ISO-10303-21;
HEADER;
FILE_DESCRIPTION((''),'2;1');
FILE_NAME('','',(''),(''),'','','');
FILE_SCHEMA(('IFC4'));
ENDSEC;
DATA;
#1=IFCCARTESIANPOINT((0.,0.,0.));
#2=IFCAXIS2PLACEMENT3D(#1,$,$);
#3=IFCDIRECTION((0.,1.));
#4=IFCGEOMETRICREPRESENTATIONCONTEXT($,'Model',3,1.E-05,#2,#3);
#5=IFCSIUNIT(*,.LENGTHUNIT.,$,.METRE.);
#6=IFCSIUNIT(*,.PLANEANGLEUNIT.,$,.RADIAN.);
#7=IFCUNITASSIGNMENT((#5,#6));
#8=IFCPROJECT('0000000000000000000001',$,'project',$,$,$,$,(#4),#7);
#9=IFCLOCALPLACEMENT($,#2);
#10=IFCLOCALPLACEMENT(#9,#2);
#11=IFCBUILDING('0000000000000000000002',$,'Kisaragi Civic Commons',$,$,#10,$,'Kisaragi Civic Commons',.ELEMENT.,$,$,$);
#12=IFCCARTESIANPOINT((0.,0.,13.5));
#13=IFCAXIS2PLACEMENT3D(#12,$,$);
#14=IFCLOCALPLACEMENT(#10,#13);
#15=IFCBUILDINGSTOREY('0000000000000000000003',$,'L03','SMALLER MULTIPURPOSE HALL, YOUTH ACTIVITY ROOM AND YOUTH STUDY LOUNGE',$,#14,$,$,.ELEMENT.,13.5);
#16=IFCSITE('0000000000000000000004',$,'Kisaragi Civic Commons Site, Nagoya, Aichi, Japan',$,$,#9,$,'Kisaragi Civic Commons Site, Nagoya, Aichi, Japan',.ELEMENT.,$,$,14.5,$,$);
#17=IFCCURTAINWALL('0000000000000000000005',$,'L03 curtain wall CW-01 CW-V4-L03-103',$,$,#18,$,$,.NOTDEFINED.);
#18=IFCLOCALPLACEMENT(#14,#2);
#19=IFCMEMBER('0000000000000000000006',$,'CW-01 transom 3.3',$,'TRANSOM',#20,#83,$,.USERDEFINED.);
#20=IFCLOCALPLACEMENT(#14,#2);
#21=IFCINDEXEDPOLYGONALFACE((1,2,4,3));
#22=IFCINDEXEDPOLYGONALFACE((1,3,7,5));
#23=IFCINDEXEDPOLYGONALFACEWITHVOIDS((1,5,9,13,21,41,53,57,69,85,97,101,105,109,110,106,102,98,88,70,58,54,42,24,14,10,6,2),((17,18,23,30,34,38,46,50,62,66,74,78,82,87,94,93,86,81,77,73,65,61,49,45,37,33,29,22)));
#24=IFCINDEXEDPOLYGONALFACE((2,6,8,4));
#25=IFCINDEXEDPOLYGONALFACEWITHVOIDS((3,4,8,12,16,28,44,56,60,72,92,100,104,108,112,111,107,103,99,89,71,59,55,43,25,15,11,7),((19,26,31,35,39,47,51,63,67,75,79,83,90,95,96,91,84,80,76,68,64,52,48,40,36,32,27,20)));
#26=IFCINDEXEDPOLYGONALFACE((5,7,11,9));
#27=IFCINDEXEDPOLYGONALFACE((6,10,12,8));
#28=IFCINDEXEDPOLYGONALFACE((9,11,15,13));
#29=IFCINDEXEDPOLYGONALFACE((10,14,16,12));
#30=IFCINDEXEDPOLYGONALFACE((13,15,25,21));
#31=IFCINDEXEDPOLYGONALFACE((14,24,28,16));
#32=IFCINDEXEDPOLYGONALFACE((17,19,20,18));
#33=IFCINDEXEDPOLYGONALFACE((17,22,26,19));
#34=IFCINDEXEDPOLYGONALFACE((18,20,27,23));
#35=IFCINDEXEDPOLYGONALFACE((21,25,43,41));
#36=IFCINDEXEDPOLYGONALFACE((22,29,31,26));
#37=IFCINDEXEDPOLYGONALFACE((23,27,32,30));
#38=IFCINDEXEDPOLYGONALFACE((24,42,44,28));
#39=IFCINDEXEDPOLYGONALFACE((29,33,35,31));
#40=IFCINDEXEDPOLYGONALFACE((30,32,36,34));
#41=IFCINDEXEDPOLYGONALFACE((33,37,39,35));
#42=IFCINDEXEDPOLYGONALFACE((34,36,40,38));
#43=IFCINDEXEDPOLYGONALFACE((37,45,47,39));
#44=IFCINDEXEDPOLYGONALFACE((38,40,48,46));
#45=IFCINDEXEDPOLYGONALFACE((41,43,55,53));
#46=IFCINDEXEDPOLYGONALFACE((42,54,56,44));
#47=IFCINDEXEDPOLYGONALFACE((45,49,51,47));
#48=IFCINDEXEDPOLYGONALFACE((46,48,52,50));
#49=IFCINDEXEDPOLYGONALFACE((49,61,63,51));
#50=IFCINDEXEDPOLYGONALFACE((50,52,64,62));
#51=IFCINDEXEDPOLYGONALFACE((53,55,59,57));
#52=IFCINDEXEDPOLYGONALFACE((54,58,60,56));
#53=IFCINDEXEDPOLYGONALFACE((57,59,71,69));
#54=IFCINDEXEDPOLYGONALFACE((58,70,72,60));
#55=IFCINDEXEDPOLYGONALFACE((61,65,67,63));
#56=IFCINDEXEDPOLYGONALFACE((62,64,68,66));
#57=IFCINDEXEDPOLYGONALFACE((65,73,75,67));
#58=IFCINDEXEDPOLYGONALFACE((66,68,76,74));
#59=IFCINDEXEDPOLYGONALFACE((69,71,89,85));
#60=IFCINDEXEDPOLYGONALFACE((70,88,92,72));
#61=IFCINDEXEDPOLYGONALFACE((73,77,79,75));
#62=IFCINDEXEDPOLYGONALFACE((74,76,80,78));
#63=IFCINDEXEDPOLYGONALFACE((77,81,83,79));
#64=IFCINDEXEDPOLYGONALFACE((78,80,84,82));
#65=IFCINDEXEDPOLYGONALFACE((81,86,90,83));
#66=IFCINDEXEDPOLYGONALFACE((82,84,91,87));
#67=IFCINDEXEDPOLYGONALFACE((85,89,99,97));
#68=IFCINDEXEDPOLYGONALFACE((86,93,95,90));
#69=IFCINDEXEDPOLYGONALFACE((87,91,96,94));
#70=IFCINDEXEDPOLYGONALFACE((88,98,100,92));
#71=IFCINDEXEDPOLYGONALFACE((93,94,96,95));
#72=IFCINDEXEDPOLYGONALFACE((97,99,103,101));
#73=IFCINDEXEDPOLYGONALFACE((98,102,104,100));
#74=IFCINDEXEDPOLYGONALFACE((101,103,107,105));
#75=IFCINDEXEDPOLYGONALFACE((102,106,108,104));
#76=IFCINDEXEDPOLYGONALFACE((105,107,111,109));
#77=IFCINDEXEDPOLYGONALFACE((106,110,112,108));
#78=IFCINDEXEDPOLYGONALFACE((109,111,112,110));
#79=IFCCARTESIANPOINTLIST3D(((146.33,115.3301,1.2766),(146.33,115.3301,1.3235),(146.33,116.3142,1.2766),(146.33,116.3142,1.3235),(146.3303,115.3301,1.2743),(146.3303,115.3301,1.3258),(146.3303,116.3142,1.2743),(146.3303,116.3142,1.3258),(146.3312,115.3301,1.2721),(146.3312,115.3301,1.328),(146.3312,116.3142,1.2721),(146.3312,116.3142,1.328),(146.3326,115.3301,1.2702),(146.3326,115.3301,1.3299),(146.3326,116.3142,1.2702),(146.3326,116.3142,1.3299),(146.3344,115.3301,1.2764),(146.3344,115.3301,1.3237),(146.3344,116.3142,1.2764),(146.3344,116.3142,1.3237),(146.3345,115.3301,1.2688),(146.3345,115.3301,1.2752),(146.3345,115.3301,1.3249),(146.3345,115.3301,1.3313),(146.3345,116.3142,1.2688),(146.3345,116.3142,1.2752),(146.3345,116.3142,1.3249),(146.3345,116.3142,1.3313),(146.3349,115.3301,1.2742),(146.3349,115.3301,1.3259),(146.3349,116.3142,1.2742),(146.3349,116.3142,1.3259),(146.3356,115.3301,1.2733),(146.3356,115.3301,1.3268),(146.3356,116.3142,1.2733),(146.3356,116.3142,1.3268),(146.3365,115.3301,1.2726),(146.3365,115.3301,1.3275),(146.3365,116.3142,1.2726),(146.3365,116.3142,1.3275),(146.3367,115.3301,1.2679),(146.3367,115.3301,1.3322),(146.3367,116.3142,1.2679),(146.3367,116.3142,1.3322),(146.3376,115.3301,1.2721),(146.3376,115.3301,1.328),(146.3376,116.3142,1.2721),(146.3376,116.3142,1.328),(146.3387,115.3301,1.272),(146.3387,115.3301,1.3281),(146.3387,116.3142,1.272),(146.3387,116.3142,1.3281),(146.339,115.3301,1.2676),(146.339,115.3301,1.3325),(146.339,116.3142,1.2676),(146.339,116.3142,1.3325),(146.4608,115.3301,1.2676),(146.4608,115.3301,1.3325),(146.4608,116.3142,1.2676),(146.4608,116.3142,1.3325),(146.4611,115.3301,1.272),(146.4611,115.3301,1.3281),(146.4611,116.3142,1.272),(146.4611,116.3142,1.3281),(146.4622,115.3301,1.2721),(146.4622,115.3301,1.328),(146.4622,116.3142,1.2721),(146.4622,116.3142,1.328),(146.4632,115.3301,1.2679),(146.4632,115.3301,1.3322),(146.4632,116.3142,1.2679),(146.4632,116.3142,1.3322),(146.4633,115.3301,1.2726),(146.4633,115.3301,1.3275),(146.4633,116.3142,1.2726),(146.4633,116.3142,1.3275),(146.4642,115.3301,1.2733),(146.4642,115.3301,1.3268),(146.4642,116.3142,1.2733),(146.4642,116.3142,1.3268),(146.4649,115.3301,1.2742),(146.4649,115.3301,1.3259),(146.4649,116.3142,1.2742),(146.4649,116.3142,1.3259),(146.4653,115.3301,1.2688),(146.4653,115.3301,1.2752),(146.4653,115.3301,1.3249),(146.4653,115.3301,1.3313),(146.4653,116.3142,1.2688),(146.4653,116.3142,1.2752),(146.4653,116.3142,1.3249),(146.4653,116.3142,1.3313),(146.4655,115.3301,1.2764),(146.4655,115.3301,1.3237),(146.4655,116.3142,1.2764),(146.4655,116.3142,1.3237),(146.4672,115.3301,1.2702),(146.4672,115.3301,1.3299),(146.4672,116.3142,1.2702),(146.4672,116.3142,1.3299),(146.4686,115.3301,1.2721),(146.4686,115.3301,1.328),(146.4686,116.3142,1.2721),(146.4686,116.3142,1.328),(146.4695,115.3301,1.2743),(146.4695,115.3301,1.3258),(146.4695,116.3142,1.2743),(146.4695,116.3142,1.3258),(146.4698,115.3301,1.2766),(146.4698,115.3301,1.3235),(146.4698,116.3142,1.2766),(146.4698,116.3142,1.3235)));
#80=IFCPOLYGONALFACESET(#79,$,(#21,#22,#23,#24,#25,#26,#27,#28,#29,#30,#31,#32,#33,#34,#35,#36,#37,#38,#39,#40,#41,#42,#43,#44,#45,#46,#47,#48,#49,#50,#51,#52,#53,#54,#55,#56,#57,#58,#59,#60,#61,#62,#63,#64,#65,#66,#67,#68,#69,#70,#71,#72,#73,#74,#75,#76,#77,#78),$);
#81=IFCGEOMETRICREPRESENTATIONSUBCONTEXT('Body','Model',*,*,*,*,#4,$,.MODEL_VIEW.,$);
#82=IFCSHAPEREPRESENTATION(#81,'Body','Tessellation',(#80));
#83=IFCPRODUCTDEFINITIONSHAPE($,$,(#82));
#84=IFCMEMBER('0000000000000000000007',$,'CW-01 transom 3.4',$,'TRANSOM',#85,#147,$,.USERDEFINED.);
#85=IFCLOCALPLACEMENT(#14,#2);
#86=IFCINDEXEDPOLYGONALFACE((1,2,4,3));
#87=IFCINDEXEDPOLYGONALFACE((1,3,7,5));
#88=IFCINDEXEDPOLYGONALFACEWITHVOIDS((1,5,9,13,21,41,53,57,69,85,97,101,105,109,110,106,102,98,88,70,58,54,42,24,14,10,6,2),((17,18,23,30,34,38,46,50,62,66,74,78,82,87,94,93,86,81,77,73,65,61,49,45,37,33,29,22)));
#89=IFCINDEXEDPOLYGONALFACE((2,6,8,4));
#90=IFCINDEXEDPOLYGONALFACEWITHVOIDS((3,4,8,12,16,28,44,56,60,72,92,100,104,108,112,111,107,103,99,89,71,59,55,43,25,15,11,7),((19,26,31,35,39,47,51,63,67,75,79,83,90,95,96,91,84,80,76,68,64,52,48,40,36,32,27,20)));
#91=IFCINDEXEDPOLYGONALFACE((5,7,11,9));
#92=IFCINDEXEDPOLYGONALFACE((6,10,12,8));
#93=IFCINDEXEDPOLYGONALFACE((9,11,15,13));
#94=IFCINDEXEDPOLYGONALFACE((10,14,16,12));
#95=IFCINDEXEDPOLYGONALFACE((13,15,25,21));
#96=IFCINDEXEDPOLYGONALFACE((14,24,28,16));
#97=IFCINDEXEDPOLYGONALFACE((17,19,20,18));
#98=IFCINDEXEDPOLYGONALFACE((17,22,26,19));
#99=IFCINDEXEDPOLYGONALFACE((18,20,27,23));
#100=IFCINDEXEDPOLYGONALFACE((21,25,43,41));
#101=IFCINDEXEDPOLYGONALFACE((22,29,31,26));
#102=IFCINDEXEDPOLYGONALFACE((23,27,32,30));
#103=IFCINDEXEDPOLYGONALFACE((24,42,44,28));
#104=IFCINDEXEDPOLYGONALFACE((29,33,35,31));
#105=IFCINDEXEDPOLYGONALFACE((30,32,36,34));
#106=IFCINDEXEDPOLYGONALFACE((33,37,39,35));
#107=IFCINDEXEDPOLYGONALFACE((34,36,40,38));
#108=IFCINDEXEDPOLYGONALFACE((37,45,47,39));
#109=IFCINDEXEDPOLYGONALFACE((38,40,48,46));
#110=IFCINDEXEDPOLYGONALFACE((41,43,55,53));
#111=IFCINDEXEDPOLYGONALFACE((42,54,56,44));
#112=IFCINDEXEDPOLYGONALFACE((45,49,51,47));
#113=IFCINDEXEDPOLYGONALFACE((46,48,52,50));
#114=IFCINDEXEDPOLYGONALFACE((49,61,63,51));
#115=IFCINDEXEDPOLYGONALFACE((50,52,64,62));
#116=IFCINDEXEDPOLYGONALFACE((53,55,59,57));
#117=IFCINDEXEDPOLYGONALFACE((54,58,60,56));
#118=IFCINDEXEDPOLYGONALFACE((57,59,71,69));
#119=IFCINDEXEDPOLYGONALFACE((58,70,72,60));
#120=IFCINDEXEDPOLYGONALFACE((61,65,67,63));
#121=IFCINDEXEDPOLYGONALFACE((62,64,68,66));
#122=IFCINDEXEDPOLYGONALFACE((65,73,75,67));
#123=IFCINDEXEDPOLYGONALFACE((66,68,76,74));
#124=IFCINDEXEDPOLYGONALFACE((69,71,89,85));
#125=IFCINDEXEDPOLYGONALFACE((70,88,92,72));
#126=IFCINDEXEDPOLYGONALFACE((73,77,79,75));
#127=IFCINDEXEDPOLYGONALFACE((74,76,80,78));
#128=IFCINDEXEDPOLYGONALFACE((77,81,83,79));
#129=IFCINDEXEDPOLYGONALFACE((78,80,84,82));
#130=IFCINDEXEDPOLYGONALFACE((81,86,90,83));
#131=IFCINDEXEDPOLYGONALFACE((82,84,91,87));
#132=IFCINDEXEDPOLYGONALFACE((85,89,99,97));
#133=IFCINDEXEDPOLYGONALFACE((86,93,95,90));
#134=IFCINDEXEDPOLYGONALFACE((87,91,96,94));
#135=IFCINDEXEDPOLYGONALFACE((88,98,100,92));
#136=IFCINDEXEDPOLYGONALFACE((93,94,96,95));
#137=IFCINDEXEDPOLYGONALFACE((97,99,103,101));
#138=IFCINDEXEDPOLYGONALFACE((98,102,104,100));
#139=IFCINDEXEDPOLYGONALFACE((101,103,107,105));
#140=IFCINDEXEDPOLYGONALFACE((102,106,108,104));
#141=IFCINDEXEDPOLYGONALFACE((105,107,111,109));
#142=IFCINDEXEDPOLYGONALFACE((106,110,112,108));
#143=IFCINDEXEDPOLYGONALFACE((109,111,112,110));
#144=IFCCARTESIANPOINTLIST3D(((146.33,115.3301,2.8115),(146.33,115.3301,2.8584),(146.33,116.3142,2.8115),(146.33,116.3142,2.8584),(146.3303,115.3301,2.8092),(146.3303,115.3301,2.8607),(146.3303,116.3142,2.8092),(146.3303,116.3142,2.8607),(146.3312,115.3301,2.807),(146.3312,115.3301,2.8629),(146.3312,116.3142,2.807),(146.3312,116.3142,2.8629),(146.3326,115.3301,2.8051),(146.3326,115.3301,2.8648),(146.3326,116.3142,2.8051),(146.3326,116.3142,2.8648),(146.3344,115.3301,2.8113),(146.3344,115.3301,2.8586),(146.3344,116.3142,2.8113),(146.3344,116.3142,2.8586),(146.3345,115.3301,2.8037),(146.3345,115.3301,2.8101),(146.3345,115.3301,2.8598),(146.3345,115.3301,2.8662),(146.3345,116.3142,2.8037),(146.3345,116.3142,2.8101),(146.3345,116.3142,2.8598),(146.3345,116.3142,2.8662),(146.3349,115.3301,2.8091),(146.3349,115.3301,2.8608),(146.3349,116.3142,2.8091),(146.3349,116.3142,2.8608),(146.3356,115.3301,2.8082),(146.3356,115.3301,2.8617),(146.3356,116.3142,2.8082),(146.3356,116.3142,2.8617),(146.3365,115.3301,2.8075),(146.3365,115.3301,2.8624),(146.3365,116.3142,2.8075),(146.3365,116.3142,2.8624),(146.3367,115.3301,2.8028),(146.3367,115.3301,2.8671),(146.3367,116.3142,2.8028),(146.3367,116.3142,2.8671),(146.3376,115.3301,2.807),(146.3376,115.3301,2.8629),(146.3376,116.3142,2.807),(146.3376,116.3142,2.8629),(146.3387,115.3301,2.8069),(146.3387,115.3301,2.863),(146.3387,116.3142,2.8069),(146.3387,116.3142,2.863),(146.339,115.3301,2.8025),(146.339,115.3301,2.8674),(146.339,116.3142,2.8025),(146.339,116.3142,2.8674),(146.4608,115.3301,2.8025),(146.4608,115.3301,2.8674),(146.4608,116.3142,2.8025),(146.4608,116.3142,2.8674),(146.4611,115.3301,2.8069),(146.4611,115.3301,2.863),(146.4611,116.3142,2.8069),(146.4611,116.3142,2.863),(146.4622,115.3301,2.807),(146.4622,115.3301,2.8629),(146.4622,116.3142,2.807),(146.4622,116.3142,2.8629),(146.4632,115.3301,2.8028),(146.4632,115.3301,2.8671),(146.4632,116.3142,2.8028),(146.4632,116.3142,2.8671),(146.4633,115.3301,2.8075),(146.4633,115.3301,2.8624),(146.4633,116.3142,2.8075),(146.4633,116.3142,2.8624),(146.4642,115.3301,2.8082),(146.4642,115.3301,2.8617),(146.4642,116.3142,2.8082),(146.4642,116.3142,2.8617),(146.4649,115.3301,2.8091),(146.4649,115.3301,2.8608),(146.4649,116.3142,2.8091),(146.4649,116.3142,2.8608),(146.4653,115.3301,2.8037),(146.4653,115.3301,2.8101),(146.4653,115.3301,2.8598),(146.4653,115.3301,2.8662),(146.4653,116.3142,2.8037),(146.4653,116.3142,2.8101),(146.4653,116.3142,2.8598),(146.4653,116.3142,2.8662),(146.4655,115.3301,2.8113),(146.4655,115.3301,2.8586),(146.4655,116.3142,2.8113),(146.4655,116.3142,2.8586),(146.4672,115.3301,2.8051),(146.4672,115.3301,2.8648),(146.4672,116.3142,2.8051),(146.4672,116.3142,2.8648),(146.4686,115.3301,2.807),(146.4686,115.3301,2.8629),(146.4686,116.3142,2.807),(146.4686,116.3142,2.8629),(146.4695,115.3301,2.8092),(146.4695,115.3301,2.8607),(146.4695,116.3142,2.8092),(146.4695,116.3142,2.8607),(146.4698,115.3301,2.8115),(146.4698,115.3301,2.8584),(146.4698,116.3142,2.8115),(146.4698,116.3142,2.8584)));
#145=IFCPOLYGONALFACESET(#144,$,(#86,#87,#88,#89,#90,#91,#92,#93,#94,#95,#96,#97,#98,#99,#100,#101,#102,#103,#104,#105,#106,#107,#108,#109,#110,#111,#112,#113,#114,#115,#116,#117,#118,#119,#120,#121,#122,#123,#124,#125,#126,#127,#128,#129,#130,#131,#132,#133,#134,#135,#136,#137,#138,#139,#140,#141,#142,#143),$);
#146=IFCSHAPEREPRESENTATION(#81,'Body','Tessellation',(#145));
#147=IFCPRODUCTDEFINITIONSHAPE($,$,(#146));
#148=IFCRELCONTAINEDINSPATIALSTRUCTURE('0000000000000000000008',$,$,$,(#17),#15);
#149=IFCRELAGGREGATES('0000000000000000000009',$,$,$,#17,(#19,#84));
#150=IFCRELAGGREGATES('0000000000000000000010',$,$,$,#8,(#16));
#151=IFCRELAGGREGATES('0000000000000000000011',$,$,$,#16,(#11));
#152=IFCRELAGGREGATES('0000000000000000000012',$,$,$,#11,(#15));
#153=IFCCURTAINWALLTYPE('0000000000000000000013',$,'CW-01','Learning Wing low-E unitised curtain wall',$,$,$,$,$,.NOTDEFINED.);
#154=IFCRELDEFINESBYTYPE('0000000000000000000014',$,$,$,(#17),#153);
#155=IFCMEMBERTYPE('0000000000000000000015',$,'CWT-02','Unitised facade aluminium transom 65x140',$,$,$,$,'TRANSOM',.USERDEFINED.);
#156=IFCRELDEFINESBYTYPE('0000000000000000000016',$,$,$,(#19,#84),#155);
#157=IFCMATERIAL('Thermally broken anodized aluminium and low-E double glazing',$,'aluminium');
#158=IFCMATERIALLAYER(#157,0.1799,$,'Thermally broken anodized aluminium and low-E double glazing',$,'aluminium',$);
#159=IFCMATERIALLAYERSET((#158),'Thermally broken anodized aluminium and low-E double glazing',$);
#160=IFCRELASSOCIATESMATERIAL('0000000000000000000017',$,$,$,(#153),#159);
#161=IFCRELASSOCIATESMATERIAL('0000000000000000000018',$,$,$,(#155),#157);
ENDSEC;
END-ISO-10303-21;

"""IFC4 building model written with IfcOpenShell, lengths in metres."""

from ifc_helpers import new_model, si_unit, direction, frame, origin, origin_2d, place, context, subcontext, project, spatial, hollow_rectangle, extrude, material, layer, layer_set, material_profile, profile_set, type_object, element, aggregate, save


model = new_model("IFC4")

# Units and contexts
model_context = context("Model", 3, precision=1e-05, world=origin(), true_north=direction((0.0, 1.0)))
body_context = subcontext(model_context, "Body", "Model", "MODEL_VIEW")
ifc_project = project(units=[si_unit("LENGTHUNIT", "METRE"), si_unit("PLANEANGLEUNIT", "RADIAN")], contexts=[model_context])

# Site, building, storey
site_placement = place(None, origin())
site = spatial("IfcSite", under=ifc_project, at=site_placement, Name="Kisaragi Civic Commons Site, Nagoya, Aichi, Japan", LongName="Kisaragi Civic Commons Site, Nagoya, Aichi, Japan", CompositionType="ELEMENT", RefElevation=14.5)
building_placement = place(site_placement, origin())
building = spatial("IfcBuilding", under=site, at=building_placement, Name="Kisaragi Civic Commons", LongName="Kisaragi Civic Commons", CompositionType="ELEMENT")
storey_placement = place(building_placement, frame((0.0, 0.0, 13.5)))
storey = spatial("IfcBuildingStorey", under=building, at=storey_placement, Name="L03", Description="SMALLER MULTIPURPOSE HALL, YOUTH ACTIVITY ROOM AND YOUTH STUDY LOUNGE", CompositionType="ELEMENT", Elevation=13.5)

# Curtain wall
ifc_material = material(Name="Thermally broken anodized aluminium and low-E double glazing", Category="aluminium")
ifc_layer_1 = layer(ifc_material, 0.1799, Name="Thermally broken anodized aluminium and low-E double glazing", Category="aluminium")
ifc_layer_set_1 = layer_set([ifc_layer_1], Name="Thermally broken anodized aluminium and low-E double glazing")
curtain_wall_type = type_object("IfcCurtainWallType", Name="CW-01", Description="Learning Wing low-E unitised curtain wall", PredefinedType="NOTDEFINED", material=ifc_layer_set_1)
curtain_wall_1_placement = place(storey_placement, origin())
curtain_wall_1 = element("IfcCurtainWall", 1, at=curtain_wall_1_placement, inside=storey, type_object=curtain_wall_type, Name="L03 curtain wall CW-01 CW-V4-L03-103", PredefinedType="NOTDEFINED")

# Members
ifc_material_profile_1 = material_profile(ifc_material, hollow_rectangle(XDim=0.1399, YDim=0.0649, WallThickness=0.0044, InnerFilletRadius=0.0044, OuterFilletRadius=0.009, at=origin_2d()), Name="CWT-65x140x4.5", Category="aluminium")
ifc_profile_set_1 = profile_set([ifc_material_profile_1], Name="Thermally broken anodized aluminium and low-E double glazing")
member_type_1 = type_object("IfcMemberType", Name="CWT-02", Description="Unitised facade aluminium transom 65x140", ElementType="TRANSOM", PredefinedType="USERDEFINED", material=ifc_profile_set_1)
member_1_placement = place(storey_placement, frame((146.3999, 116.3142, 1.3), z_axis=(0.0, -1.0, 0.0), x_axis=(1.0, 0.0, 0.0)))
member_1 = element("IfcMember", 2, at=member_1_placement, type_object=member_type_1, Name="CW-01 transom 3.3", ObjectType="TRANSOM", PredefinedType="USERDEFINED", context=body_context, shape_type="SweptSolid", body=[
    extrude(hollow_rectangle(XDim=0.1399, YDim=0.0649, WallThickness=0.0044, InnerFilletRadius=0.0044, OuterFilletRadius=0.009, at=origin_2d()), origin(), (0.0, 0.0, 1.0), 0.9841),
])
member_2_placement = place(storey_placement, frame((146.3999, 116.3142, 2.835), z_axis=(0.0, -1.0, 0.0), x_axis=(1.0, 0.0, 0.0)))
member_2 = element("IfcMember", 3, at=member_2_placement, type_object=member_type_1, Name="CW-01 transom 3.4", ObjectType="TRANSOM", PredefinedType="USERDEFINED", context=body_context, shape_type="SweptSolid", body=[
    extrude(hollow_rectangle(XDim=0.1399, YDim=0.0649, WallThickness=0.0044, InnerFilletRadius=0.0044, OuterFilletRadius=0.009, at=origin_2d()), origin(), (0.0, 0.0, 1.0), 0.9841),
])

aggregate(curtain_wall_1, [member_1, member_2])

save(model, "model.ifc")
